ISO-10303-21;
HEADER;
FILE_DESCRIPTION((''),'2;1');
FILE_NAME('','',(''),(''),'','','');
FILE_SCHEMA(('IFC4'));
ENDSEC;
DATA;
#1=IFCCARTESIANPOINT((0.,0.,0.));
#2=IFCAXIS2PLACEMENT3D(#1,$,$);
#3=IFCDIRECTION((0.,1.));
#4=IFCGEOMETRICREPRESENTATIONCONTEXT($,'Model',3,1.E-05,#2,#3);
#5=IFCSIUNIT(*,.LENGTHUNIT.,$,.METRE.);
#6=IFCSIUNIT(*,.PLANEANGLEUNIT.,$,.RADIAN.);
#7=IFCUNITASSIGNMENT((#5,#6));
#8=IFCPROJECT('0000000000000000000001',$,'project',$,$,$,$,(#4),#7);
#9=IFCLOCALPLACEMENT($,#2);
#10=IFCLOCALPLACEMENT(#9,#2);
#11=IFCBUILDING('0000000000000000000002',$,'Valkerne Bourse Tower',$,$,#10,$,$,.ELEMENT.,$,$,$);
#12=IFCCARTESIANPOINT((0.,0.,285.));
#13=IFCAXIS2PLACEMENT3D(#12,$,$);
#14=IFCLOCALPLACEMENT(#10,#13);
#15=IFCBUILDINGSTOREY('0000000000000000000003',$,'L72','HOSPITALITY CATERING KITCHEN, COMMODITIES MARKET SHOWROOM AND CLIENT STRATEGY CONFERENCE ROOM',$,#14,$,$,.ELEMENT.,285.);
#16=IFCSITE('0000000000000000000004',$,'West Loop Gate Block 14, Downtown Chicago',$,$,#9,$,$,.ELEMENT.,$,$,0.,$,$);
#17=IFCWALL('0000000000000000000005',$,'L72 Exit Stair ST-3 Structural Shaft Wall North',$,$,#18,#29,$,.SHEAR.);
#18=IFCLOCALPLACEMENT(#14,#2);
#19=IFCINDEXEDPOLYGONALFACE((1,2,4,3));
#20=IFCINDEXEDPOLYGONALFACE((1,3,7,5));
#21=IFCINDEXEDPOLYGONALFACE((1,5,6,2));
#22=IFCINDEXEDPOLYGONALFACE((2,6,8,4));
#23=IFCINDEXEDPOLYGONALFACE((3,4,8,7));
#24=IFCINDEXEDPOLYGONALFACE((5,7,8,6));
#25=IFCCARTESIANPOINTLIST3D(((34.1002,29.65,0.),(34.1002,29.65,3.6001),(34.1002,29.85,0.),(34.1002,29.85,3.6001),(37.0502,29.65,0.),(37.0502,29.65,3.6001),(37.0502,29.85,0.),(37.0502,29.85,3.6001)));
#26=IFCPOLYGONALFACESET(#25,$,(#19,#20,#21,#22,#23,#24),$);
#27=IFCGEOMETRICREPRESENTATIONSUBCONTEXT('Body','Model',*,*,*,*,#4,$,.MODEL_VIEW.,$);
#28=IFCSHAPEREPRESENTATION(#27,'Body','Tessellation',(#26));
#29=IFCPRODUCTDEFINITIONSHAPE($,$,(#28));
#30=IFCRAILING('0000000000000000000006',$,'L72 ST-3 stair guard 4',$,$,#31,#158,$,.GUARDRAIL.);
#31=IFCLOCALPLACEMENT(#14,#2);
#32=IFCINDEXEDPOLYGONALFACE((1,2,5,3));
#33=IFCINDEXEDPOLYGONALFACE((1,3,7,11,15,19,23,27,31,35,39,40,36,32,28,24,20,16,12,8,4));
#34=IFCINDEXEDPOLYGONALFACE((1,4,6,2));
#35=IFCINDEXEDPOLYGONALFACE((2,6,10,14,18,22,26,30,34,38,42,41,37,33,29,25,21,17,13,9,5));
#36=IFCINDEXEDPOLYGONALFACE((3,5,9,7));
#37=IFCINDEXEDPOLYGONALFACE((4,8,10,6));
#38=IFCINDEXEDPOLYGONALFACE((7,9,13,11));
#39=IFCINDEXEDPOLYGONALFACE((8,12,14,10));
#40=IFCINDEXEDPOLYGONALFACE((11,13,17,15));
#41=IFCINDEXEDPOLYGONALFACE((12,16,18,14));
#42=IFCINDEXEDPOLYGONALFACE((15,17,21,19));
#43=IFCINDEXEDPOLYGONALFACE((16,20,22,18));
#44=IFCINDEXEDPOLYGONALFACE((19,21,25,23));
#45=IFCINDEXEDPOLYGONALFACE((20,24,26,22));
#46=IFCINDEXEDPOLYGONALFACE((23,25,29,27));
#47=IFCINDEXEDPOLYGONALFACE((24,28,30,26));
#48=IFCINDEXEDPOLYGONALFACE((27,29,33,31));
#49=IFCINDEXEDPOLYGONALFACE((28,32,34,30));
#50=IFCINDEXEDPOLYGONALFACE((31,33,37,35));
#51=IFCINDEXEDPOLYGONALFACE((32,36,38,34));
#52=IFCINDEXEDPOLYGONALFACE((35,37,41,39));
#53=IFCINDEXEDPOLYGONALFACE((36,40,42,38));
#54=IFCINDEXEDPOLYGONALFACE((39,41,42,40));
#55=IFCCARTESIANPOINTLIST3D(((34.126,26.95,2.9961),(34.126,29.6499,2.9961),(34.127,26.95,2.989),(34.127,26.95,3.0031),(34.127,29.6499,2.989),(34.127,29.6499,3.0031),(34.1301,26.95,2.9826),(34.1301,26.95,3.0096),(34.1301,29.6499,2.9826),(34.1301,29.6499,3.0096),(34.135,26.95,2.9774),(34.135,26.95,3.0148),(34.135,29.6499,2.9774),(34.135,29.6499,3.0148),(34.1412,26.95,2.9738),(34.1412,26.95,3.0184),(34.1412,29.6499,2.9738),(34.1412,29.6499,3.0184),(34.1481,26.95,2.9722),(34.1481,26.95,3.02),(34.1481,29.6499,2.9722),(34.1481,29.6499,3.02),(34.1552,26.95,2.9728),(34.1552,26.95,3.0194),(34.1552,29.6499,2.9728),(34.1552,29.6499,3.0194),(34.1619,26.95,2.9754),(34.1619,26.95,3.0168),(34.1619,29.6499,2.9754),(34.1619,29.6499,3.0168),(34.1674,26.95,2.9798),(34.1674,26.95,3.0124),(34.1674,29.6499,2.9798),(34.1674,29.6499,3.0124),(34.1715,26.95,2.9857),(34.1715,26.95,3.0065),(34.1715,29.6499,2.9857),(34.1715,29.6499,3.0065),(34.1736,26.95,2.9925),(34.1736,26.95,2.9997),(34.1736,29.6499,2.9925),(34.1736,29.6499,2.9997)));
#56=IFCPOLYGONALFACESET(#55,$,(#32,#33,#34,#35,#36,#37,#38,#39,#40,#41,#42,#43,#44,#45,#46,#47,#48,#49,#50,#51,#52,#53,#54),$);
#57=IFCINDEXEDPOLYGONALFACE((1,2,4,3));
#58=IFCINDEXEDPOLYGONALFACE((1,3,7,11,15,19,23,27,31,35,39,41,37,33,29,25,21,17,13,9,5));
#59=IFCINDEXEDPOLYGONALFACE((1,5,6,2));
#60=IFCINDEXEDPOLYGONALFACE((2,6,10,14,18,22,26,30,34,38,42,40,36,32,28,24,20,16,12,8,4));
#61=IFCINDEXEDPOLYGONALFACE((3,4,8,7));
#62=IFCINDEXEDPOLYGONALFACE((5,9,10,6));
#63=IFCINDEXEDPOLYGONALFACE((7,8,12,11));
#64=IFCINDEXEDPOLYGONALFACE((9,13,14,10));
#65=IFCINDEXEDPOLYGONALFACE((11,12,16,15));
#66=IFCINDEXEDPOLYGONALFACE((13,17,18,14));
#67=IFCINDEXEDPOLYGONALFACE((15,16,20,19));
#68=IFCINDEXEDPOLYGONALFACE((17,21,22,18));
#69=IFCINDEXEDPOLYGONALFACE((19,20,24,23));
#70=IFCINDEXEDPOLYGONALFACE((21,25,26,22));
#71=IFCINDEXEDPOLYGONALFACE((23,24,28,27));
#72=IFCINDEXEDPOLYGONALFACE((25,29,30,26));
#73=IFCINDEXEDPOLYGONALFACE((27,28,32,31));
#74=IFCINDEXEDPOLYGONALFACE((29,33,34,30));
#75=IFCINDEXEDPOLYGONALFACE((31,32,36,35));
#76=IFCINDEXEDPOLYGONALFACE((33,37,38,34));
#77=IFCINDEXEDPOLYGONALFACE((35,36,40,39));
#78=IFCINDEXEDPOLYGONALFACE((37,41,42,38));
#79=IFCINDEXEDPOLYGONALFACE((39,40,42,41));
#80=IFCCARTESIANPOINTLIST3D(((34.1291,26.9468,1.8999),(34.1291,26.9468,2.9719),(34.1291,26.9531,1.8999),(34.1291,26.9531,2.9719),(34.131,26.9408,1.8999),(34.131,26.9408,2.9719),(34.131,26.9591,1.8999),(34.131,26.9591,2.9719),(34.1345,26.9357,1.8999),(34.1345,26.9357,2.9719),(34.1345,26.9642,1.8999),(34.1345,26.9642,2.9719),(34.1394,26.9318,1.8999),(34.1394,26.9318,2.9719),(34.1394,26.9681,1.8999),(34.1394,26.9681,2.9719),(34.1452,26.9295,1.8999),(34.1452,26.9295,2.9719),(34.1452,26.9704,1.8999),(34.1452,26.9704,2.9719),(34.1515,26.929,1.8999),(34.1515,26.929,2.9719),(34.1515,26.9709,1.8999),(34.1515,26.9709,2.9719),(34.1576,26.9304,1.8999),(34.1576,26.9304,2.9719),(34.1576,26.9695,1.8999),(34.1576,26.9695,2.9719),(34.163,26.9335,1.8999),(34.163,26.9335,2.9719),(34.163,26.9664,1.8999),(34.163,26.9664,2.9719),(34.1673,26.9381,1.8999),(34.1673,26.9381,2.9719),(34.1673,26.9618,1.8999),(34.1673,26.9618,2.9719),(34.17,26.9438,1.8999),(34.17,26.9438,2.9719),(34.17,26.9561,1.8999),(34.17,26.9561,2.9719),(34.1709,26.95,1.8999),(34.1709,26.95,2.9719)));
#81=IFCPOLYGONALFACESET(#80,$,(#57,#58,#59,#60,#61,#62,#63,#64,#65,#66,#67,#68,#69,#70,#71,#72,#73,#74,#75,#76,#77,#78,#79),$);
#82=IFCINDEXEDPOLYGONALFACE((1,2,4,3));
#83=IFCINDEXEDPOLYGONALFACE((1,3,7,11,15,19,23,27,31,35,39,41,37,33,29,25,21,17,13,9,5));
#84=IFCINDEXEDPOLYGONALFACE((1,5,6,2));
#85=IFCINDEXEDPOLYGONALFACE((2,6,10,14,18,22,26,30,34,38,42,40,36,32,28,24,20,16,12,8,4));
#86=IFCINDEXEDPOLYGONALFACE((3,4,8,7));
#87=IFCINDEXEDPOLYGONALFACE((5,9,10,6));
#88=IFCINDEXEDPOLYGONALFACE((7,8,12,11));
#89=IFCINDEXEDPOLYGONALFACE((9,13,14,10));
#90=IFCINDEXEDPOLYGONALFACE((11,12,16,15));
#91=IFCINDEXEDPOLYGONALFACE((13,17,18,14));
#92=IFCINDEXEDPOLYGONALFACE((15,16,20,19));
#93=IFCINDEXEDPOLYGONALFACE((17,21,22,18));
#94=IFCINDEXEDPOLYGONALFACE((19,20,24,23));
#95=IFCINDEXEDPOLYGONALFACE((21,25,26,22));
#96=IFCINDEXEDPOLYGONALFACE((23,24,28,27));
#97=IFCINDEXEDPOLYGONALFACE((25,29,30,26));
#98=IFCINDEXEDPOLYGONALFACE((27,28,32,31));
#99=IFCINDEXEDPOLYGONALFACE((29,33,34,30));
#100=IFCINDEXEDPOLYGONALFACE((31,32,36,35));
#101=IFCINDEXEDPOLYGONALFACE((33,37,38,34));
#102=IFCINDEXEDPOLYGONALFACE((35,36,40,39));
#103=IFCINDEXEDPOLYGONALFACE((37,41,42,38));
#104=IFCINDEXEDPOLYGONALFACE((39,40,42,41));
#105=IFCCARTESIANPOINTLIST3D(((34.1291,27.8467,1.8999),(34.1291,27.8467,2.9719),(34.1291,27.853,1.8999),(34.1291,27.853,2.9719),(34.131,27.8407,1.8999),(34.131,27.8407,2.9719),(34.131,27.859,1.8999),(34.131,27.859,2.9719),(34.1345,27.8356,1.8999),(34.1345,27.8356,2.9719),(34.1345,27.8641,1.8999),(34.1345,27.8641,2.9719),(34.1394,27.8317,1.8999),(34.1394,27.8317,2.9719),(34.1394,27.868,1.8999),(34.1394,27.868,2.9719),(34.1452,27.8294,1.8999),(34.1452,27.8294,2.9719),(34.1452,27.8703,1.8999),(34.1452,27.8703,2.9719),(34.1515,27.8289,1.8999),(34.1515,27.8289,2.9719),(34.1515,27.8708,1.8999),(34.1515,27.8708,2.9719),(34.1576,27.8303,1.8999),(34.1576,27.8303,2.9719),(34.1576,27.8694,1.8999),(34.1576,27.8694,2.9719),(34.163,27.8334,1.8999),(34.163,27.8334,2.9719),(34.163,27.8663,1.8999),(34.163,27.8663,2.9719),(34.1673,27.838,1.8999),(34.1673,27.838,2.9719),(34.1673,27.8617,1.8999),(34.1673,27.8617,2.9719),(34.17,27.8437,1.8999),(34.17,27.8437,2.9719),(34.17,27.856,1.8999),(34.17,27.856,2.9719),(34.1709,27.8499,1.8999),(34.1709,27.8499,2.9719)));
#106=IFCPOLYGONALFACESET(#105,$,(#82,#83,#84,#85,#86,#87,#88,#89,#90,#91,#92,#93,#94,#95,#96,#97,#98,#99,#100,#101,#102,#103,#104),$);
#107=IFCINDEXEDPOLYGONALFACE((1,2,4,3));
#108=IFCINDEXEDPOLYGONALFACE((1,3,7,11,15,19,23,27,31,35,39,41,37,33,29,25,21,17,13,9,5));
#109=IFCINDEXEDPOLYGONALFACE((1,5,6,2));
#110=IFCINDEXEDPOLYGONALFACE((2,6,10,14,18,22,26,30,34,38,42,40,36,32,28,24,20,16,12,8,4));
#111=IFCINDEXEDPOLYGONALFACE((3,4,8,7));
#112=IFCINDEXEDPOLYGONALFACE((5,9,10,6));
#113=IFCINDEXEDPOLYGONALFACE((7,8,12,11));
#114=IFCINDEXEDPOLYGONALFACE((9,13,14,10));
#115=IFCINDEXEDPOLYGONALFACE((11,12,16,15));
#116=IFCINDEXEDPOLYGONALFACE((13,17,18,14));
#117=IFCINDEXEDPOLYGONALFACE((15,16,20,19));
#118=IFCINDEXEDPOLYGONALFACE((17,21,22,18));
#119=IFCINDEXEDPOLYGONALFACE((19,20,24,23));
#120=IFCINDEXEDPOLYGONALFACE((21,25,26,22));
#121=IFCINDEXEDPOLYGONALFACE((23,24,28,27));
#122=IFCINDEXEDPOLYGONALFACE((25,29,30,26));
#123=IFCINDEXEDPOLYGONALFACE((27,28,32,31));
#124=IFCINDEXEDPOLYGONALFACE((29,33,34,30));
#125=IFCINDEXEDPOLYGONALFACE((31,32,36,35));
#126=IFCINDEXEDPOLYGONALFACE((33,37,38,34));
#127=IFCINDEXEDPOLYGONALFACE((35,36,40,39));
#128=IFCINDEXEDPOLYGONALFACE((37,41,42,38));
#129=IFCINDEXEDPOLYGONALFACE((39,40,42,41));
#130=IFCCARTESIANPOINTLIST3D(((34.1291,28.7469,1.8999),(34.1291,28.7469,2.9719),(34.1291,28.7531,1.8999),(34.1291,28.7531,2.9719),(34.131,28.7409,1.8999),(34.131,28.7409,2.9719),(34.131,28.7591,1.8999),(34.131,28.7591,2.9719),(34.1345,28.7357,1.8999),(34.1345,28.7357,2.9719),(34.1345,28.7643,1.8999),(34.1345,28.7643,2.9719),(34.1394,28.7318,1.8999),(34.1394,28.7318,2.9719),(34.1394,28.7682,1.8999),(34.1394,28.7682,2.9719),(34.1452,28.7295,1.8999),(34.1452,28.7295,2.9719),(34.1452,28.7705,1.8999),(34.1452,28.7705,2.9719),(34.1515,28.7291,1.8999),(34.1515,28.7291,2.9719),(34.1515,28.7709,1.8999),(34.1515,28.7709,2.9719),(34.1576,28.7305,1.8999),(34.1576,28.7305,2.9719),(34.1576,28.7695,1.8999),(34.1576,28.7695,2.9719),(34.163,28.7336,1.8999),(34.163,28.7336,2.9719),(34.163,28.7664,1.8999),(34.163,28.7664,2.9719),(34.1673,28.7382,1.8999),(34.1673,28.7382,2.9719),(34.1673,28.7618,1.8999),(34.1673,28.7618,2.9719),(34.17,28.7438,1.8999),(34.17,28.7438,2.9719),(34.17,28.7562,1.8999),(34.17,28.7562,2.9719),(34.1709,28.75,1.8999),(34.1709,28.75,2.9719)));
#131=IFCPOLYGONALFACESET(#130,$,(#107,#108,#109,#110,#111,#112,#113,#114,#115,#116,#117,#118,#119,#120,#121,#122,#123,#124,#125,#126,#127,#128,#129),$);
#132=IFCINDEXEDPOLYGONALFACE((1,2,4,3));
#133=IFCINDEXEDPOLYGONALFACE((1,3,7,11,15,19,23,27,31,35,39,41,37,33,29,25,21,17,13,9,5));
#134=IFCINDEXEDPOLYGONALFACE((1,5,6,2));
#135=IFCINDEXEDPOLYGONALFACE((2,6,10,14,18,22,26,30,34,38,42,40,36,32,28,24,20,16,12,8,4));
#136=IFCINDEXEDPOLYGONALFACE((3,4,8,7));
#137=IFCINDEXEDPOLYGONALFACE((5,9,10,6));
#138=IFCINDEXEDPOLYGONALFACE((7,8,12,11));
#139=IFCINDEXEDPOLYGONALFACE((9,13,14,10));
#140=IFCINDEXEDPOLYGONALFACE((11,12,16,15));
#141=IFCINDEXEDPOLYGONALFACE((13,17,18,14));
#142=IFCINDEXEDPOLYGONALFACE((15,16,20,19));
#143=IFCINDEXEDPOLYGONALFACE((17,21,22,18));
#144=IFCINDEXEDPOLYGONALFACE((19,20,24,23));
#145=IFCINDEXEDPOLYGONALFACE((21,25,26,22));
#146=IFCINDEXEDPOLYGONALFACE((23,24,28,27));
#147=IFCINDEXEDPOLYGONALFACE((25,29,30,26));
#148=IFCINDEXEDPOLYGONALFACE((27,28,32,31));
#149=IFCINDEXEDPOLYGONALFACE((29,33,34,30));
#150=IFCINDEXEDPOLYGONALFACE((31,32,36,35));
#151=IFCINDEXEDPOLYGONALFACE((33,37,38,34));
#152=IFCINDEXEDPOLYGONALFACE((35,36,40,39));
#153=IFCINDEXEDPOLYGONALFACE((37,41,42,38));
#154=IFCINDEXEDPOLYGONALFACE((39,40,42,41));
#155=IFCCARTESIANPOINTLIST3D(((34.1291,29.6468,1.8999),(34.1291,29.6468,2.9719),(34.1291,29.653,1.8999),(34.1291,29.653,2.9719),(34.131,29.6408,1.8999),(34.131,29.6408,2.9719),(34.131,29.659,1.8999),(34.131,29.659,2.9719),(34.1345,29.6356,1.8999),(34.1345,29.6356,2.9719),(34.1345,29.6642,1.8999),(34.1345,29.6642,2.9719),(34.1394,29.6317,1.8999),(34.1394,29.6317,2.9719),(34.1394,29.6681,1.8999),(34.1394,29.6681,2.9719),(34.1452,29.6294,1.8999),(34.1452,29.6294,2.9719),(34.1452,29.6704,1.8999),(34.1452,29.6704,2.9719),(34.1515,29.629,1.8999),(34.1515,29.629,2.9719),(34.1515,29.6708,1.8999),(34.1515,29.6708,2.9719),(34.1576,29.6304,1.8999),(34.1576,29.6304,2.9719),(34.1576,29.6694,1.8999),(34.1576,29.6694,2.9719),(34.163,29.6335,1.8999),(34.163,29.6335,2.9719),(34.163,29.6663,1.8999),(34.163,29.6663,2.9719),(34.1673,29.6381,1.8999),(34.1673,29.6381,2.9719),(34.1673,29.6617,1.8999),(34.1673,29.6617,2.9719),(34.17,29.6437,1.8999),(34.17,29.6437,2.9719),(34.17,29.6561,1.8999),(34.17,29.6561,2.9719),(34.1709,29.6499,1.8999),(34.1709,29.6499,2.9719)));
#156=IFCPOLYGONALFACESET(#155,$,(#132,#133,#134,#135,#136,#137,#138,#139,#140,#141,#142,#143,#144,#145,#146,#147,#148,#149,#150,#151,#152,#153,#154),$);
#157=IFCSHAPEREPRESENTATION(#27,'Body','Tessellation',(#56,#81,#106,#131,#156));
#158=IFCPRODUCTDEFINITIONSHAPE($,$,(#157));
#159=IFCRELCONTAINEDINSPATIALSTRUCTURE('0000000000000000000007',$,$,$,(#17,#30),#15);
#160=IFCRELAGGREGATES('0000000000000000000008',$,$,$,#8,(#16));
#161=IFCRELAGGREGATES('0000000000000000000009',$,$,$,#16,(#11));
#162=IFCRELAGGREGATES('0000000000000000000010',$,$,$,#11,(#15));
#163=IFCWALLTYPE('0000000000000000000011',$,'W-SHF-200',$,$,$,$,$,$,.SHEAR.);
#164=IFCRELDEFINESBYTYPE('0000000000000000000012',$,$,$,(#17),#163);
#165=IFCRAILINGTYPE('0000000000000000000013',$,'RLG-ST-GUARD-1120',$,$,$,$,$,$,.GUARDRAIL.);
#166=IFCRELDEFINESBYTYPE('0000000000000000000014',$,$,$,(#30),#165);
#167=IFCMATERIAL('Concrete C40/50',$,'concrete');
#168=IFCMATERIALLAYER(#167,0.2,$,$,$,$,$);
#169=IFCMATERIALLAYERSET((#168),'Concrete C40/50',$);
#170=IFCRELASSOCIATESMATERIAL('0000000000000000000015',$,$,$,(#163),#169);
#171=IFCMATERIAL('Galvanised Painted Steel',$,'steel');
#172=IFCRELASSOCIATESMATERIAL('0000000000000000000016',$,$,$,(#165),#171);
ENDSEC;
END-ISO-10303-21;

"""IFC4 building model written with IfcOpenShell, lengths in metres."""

from ifc_helpers import new_model, si_unit, direction, frame, frame_2d, origin, origin_2d, place, context, subcontext, project, spatial, rectangle, circle, extrude, material, layer, layer_set, type_object, element, save


model = new_model("IFC4")

# Units and contexts
model_context = context("Model", 3, precision=1e-05, world=origin(), true_north=direction((0.0, 1.0)))
body_context = subcontext(model_context, "Body", "Model", "MODEL_VIEW")
ifc_project = project(units=[si_unit("LENGTHUNIT", "METRE"), si_unit("PLANEANGLEUNIT", "RADIAN")], contexts=[model_context])

# Site, building, storey
site_placement = place(None, origin())
site = spatial("IfcSite", under=ifc_project, at=site_placement, Name="West Loop Gate Block 14, Downtown Chicago", CompositionType="ELEMENT", RefElevation=0.0)
building_placement = place(site_placement, origin())
building = spatial("IfcBuilding", under=site, at=building_placement, Name="Valkerne Bourse Tower", CompositionType="ELEMENT")
storey_placement = place(building_placement, frame((0.0, 0.0, 285.0)))
storey = spatial("IfcBuildingStorey", under=building, at=storey_placement, Name="L72", Description="HOSPITALITY CATERING KITCHEN, COMMODITIES MARKET SHOWROOM AND CLIENT STRATEGY CONFERENCE ROOM", CompositionType="ELEMENT", Elevation=285.0)

# Shared definitions
ifc_material_1 = material(Name="Concrete C40/50", Category="concrete")
ifc_layer_1 = layer(ifc_material_1, 0.2)
ifc_layer_set_1 = layer_set([ifc_layer_1], Name="Concrete C40/50")
wall_type_1 = type_object("IfcWallType", Name="W-SHF-200", PredefinedType="SHEAR", material=ifc_layer_set_1)
ifc_material_2 = material(Name="Galvanised Painted Steel", Category="steel")

# Wall
for number, where, z_axis, x_axis, name in (
    (1, (34.1001, 29.75, 0.0), (0.0, 0.0, 1.0), (1.0, 0.0, 0.0), "L72 Exit Stair ST-3 Structural Shaft Wall North"),
):
    element("IfcWall", number, at=place(storey_placement, frame(where, z_axis=z_axis, x_axis=x_axis)), inside=storey, type_object=wall_type_1, Name=name, PredefinedType="SHEAR", context=body_context, shape_type="SweptSolid", body=[
        extrude(rectangle(XDim=2.95, YDim=0.2, at=frame_2d((1.4751, 0.0))), origin(), (0.0, 0.0, 1.0), 3.6001),
    ])

# Railing
railing_type_1 = type_object("IfcRailingType", Name="RLG-ST-GUARD-1120", PredefinedType="GUARDRAIL", material=ifc_material_2)
railing_1_placement = place(storey_placement, frame((34.1499, 26.95, 1.8999)))
element("IfcRailing", 2, at=railing_1_placement, inside=storey, type_object=railing_type_1, Name="L72 ST-3 stair guard 4", PredefinedType="GUARDRAIL", context=body_context, shape_type="SweptSolid", body=[
    extrude(circle(Radius=0.0239, at=origin_2d()), frame((0.0, 0.0, 1.0962), z_axis=(0.0, 1.0, 0.0), x_axis=(-1.0, 0.0, 0.0)), (0.0, 0.0, 1.0), 2.7),
    extrude(circle(Radius=0.021, at=origin_2d()), origin(), (0.0, 0.0, 1.0), 1.072),
    extrude(circle(Radius=0.021, at=origin_2d()), frame((0.0, 0.8999, 0.0)), (0.0, 0.0, 1.0), 1.072),
    extrude(circle(Radius=0.021, at=origin_2d()), frame((0.0, 1.8, 0.0)), (0.0, 0.0, 1.0), 1.072),
    extrude(circle(Radius=0.021, at=origin_2d()), frame((0.0, 2.7, 0.0)), (0.0, 0.0, 1.0), 1.072),
])

save(model, "model.ifc")
